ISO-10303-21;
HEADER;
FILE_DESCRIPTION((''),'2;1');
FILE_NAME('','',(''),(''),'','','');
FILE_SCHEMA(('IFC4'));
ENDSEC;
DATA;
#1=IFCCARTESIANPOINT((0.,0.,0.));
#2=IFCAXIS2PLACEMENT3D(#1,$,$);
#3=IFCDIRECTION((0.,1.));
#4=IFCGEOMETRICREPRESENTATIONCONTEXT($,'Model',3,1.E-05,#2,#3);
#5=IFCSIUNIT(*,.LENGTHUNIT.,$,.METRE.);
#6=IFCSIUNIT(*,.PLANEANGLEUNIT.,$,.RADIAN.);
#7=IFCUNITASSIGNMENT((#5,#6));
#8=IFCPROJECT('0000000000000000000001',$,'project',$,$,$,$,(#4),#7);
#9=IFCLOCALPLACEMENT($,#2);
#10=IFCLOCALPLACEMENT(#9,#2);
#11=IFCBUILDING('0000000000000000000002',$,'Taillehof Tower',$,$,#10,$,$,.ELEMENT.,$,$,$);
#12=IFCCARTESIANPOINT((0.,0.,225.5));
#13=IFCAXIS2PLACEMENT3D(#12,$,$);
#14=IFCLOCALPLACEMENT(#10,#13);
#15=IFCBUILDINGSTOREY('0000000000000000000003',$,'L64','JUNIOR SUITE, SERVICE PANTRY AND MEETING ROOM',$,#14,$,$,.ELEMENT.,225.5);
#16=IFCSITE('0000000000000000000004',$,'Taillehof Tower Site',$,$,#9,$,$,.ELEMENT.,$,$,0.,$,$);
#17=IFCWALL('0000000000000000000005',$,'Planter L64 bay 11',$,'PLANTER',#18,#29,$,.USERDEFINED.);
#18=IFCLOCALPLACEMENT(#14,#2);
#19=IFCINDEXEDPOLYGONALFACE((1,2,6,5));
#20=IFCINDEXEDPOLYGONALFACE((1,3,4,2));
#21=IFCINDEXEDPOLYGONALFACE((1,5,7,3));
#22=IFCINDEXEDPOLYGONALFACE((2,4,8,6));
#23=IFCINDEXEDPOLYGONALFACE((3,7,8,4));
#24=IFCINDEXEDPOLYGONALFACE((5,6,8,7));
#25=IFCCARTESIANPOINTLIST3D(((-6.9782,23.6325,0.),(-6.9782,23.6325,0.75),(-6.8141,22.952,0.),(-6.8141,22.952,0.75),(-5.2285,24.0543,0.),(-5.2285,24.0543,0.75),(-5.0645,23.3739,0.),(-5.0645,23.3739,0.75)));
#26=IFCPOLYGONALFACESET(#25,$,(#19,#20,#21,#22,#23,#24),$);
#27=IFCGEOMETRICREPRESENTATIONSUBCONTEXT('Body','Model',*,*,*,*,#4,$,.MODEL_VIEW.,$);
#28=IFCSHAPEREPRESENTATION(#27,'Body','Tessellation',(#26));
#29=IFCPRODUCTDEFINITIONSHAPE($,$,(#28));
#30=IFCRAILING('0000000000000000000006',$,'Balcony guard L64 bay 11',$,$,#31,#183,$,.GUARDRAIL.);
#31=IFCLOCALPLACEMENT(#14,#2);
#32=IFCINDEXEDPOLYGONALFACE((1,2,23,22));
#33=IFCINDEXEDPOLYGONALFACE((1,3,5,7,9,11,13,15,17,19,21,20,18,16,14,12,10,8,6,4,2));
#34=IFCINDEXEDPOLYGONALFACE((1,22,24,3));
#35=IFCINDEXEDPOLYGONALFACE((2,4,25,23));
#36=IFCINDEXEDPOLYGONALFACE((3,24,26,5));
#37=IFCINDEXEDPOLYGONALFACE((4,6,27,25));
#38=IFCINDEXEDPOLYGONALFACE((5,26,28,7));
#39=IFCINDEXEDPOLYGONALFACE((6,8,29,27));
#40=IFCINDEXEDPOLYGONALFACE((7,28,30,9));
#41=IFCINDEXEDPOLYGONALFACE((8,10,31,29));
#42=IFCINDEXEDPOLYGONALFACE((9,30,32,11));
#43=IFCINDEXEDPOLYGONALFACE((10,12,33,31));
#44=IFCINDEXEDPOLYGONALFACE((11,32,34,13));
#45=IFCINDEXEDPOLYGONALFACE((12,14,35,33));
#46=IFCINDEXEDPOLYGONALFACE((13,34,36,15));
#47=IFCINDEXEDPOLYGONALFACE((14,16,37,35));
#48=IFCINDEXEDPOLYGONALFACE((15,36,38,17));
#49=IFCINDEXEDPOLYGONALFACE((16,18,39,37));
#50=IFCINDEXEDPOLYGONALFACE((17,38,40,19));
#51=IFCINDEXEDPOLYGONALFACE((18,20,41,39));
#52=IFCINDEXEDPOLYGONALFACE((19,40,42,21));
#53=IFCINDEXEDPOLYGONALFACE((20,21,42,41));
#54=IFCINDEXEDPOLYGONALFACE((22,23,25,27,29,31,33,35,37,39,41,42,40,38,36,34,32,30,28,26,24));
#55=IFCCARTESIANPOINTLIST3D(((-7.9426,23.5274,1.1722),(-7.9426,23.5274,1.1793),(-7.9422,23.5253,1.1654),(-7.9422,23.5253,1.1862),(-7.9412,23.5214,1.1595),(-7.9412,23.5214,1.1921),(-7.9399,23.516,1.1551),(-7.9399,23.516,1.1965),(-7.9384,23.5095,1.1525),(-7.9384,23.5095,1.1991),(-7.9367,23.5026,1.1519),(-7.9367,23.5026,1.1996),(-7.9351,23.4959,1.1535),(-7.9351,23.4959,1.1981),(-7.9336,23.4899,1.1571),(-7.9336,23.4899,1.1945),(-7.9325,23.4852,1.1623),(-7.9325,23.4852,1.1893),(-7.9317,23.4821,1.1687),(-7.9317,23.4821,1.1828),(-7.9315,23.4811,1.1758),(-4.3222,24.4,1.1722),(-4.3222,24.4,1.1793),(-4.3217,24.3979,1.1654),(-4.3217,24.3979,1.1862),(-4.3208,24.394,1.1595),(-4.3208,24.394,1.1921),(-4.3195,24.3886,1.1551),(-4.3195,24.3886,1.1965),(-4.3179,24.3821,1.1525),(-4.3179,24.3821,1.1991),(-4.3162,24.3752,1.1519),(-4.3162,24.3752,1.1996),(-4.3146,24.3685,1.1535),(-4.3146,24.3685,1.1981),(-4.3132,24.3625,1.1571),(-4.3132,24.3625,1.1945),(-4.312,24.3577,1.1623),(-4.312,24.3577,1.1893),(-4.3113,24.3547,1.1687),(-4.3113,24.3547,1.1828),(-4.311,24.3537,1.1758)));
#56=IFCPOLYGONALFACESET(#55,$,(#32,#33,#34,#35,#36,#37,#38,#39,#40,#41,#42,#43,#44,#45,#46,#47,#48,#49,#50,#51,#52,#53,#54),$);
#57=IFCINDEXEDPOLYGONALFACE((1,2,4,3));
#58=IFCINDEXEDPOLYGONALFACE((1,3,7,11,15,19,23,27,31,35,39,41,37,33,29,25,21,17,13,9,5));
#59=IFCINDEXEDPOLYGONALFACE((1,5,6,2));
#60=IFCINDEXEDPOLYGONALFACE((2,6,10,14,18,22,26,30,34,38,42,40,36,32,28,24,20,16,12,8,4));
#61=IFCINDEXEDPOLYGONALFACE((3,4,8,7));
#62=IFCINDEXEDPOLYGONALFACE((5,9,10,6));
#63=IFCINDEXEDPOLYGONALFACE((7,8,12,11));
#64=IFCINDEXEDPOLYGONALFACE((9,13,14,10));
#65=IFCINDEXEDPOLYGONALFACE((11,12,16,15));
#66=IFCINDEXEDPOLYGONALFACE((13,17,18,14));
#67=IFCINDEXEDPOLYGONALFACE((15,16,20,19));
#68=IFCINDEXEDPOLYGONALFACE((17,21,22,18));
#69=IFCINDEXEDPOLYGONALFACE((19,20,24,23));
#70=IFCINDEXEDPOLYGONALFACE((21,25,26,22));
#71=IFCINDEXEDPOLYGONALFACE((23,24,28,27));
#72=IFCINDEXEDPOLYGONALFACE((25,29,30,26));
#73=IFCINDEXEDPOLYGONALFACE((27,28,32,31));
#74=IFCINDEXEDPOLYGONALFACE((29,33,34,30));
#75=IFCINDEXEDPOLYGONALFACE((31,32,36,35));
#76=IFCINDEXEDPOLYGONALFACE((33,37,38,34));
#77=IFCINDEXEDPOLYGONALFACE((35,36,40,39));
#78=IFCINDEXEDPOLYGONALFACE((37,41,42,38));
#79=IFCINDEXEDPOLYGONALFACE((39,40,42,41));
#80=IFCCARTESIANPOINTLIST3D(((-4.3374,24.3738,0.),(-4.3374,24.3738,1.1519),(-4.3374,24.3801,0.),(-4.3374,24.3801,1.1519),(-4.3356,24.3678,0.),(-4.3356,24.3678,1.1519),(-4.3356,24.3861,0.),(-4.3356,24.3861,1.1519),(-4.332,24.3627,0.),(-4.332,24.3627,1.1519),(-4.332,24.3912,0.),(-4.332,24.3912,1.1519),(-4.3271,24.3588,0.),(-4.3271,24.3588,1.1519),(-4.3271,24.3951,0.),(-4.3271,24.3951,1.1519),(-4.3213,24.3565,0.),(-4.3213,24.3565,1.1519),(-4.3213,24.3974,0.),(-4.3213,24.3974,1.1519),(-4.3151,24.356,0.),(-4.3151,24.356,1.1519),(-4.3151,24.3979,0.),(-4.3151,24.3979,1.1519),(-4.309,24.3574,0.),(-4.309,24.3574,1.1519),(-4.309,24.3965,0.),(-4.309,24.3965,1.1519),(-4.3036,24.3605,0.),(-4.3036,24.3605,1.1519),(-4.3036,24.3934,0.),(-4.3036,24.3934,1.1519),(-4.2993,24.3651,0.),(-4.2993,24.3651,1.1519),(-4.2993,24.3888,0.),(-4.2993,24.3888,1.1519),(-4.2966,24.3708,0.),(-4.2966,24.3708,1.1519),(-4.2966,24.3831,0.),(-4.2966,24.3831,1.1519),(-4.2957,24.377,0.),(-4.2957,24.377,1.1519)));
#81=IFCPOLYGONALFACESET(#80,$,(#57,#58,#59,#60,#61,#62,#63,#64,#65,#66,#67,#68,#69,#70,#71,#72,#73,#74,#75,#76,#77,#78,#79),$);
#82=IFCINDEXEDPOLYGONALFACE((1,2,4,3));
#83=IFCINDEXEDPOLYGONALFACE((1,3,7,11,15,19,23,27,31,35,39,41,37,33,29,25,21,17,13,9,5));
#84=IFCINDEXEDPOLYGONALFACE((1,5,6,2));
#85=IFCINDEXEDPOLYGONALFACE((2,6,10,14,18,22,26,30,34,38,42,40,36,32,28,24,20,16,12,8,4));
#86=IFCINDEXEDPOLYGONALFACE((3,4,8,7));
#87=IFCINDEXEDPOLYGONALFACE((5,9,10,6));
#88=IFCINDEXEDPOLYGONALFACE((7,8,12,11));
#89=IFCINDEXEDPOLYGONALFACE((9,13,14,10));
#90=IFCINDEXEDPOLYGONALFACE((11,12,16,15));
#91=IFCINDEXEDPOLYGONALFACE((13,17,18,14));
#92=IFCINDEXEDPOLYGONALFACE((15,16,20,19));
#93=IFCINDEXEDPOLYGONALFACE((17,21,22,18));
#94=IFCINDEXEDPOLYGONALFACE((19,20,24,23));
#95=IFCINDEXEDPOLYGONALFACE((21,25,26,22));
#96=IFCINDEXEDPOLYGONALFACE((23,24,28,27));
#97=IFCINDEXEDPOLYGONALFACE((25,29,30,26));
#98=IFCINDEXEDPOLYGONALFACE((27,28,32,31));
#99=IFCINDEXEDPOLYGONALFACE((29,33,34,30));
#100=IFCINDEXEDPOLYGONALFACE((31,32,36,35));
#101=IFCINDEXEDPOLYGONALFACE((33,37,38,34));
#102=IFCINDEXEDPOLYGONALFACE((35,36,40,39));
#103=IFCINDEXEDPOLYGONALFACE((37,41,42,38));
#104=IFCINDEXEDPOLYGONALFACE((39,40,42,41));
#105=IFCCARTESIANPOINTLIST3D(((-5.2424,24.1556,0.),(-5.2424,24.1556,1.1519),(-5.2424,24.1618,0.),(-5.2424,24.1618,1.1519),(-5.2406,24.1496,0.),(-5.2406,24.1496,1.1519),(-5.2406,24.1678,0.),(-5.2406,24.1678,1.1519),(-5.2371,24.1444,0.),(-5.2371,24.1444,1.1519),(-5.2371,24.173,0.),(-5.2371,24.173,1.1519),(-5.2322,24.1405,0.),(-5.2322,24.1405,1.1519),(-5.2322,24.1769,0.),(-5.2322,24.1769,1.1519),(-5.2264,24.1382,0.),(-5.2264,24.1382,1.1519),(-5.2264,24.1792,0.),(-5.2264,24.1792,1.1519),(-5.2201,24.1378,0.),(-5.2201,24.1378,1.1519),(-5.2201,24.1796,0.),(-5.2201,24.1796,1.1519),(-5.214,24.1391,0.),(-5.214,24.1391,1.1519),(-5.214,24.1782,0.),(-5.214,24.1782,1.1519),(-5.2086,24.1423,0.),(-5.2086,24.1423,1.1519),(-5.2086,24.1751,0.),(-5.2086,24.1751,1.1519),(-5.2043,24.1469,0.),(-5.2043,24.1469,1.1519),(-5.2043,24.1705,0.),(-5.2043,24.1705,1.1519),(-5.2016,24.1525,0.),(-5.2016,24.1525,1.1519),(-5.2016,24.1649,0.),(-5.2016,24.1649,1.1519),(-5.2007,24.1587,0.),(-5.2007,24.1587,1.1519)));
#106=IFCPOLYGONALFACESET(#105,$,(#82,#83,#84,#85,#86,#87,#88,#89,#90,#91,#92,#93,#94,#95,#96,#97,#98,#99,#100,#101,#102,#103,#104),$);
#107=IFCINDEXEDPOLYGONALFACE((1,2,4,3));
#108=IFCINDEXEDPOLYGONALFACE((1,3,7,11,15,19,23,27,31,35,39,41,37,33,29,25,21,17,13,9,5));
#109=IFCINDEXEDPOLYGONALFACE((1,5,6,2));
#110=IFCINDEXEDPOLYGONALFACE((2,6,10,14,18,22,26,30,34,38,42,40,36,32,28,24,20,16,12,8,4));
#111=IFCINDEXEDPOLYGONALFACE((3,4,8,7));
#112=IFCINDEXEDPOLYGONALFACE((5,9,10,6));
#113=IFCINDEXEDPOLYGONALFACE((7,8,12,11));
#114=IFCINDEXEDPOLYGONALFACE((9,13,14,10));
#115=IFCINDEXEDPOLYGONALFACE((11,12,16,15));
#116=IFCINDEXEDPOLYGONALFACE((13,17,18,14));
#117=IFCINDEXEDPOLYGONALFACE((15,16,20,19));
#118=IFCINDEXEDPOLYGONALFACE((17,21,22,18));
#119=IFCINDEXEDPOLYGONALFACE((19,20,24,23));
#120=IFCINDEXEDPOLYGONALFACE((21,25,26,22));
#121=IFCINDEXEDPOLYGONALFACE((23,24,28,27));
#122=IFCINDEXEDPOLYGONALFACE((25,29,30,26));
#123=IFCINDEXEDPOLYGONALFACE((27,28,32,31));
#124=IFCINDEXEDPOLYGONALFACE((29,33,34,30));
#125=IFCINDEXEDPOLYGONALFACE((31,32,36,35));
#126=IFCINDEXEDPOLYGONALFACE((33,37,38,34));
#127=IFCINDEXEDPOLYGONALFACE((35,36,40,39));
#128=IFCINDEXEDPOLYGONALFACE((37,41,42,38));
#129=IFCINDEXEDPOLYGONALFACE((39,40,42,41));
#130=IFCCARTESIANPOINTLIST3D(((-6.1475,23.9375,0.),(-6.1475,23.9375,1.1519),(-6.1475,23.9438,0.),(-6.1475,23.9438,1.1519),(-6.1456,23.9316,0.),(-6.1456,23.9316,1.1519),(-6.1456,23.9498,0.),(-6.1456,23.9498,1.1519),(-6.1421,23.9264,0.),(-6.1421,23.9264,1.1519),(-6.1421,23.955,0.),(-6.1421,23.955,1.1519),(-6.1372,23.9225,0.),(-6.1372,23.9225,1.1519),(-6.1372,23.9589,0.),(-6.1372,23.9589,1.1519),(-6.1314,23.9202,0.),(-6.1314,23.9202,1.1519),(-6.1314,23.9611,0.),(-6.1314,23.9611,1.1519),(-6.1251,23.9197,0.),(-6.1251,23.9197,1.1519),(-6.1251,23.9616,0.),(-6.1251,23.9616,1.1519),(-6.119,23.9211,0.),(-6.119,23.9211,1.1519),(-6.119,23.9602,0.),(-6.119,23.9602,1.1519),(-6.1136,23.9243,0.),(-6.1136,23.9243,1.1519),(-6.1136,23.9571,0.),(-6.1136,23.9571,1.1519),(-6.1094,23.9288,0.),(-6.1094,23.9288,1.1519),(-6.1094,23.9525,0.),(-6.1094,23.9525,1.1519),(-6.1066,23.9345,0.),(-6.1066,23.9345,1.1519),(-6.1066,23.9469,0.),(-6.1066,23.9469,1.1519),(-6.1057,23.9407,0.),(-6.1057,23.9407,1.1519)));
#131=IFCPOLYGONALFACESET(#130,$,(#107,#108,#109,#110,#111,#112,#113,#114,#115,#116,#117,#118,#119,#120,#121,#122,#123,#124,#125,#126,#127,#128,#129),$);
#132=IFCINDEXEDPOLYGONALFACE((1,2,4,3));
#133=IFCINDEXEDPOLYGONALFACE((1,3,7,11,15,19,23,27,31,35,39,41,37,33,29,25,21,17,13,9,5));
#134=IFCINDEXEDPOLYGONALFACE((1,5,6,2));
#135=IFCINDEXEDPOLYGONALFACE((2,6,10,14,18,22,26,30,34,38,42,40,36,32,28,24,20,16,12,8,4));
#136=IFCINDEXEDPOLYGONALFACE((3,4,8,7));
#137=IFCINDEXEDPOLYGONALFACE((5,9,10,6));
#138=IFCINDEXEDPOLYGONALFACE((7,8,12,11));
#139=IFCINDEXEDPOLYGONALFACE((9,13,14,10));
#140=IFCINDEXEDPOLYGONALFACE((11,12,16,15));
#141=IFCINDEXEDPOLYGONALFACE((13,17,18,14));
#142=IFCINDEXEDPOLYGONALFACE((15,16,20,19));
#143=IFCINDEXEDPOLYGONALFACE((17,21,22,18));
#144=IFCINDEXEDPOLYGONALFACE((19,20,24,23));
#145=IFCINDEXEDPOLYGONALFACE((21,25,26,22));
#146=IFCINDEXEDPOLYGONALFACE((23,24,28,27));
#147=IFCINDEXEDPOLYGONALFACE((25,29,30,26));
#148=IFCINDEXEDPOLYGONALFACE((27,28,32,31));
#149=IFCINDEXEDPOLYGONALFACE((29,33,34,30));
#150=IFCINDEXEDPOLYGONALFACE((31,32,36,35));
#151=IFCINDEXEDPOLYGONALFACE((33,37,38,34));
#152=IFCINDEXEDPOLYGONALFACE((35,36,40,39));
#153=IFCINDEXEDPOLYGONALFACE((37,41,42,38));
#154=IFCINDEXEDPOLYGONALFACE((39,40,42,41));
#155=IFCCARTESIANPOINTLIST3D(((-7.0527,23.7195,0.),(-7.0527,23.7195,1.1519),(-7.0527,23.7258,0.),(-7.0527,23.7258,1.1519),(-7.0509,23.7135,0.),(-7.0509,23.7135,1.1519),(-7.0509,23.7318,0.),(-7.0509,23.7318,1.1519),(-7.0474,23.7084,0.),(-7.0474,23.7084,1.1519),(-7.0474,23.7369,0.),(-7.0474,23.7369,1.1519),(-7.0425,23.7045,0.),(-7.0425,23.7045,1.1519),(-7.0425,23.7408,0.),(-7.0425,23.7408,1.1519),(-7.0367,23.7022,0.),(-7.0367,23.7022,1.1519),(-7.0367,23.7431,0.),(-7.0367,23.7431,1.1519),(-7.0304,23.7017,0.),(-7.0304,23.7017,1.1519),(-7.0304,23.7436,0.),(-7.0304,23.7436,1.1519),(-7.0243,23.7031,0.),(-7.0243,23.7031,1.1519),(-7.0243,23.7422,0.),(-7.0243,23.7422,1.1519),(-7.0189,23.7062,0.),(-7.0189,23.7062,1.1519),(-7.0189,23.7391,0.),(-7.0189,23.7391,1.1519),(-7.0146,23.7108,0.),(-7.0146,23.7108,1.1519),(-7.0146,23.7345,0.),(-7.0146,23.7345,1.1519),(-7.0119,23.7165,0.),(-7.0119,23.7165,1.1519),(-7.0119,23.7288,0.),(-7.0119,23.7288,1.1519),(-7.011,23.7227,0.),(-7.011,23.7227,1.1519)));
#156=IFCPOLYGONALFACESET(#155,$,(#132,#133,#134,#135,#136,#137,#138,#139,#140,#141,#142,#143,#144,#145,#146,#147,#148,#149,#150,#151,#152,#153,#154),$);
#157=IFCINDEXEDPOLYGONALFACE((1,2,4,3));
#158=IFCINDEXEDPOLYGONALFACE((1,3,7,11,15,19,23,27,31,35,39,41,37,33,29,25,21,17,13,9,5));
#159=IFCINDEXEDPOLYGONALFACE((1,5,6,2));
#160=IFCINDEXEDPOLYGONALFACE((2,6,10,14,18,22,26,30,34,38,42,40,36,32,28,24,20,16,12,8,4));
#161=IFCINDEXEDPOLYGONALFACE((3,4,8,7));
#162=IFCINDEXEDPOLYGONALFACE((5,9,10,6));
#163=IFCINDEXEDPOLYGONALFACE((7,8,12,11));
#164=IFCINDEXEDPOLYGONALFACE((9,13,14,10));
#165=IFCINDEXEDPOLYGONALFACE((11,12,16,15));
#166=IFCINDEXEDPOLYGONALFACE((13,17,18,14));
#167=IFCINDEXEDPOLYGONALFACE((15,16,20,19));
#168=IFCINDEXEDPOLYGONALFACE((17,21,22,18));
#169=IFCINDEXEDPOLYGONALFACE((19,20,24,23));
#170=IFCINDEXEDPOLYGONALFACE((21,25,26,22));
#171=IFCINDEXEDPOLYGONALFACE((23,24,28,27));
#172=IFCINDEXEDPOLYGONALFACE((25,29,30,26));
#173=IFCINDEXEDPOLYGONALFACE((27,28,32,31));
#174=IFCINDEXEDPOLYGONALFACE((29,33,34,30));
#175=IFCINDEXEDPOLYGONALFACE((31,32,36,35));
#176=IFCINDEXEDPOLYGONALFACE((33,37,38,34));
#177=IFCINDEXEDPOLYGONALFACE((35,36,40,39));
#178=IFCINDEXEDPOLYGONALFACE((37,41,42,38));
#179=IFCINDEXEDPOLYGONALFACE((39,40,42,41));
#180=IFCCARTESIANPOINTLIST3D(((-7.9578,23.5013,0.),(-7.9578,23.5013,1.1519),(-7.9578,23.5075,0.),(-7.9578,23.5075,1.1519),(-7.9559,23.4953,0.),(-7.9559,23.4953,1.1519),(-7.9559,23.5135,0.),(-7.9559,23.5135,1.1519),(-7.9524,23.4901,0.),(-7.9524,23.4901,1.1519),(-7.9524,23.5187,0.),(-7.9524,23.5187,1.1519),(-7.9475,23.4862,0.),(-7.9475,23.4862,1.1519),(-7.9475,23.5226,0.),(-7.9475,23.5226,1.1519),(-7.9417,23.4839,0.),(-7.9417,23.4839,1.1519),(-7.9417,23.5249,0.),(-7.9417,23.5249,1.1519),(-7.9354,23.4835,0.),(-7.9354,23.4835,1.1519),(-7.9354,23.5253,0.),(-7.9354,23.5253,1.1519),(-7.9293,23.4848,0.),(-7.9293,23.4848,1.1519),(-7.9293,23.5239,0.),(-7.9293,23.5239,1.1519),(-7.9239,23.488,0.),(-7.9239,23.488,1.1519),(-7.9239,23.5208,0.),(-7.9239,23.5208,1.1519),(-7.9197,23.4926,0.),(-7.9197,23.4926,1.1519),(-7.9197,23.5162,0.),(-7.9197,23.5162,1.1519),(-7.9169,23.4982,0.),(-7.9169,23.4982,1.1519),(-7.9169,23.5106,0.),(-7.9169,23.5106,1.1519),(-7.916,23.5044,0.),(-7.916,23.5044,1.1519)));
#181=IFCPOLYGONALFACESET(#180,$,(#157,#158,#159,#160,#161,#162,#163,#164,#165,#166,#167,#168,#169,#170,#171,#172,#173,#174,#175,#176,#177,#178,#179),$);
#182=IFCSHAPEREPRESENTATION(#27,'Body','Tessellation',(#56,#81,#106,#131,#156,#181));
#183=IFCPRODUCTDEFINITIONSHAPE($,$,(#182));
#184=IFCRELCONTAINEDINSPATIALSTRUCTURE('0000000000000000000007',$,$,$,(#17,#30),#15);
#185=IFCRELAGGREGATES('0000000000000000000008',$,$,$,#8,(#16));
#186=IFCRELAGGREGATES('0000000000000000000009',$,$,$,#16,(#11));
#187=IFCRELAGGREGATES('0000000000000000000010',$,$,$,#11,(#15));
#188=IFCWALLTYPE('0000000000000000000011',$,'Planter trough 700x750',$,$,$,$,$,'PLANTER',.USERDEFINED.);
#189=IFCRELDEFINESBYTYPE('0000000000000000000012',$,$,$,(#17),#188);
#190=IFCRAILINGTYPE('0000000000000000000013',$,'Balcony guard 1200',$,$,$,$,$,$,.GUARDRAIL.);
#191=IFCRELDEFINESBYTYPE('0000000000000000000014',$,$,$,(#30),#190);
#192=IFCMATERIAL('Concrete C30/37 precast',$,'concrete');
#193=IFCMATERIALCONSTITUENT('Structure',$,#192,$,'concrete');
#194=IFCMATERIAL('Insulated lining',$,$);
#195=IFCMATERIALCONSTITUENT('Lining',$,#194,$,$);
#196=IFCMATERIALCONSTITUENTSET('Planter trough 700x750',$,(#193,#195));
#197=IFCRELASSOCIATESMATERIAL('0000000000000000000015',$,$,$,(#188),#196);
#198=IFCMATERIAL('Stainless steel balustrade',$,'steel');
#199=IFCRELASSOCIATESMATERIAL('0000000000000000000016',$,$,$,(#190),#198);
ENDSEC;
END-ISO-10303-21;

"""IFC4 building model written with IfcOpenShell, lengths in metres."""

from ifc_helpers import new_model, si_unit, direction, frame, frame_2d, origin, origin_2d, place, context, subcontext, project, spatial, rectangle, circle, extrude, material, constituent, constituent_set, type_object, element, save


model = new_model("IFC4")

# Units and contexts
model_context = context("Model", 3, precision=1e-05, world=origin(), true_north=direction((0.0, 1.0)))
body_context = subcontext(model_context, "Body", "Model", "MODEL_VIEW")
ifc_project = project(units=[si_unit("LENGTHUNIT", "METRE"), si_unit("PLANEANGLEUNIT", "RADIAN")], contexts=[model_context])

# Site, building, storey
site_placement = place(None, origin())
site = spatial("IfcSite", under=ifc_project, at=site_placement, Name="Taillehof Tower Site", CompositionType="ELEMENT", RefElevation=0.0)
building_placement = place(site_placement, origin())
building = spatial("IfcBuilding", under=site, at=building_placement, Name="Taillehof Tower", CompositionType="ELEMENT")
storey_placement = place(building_placement, frame((0.0, 0.0, 225.5)))
storey = spatial("IfcBuildingStorey", under=building, at=storey_placement, Name="L64", Description="JUNIOR SUITE, SERVICE PANTRY AND MEETING ROOM", CompositionType="ELEMENT", Elevation=225.5)

# Wall
ifc_material_1 = material(Name="Concrete C30/37 precast", Category="concrete")
ifc_constituent_1 = constituent(ifc_material_1, Name="Structure", Category="concrete")
ifc_material_2 = material(Name="Insulated lining")
ifc_constituent_2 = constituent(ifc_material_2, Name="Lining")
ifc_constituent_set = constituent_set(constituents=[ifc_constituent_1, ifc_constituent_2], Name="Planter trough 700x750")
wall_type_1 = type_object("IfcWallType", Name="Planter trough 700x750", ElementType="PLANTER", PredefinedType="USERDEFINED", material=ifc_constituent_set)
wall_1_placement = place(storey_placement, frame((-5.1465, 23.7141, 0.0), z_axis=(0.0, 0.0, 1.0), x_axis=(-0.972143, -0.234389, 0.0)))
element("IfcWall", 1, at=wall_1_placement, inside=storey, type_object=wall_type_1, Name="Planter L64 bay 11", ObjectType="PLANTER", PredefinedType="USERDEFINED", context=body_context, shape_type="SweptSolid", body=[
    extrude(rectangle(XDim=1.7998, YDim=0.7, at=frame_2d((0.8999, 0.0))), origin(), (0.0, 0.0, 1.0), 0.75),
])

# Railing
ifc_material_3 = material(Name="Stainless steel balustrade", Category="steel")
railing_type = type_object("IfcRailingType", Name="Balcony guard 1200", PredefinedType="GUARDRAIL", material=ifc_material_3)
railing_placement = place(storey_placement, frame((-4.3167, 24.377, 0.0)))
element("IfcRailing", 2, at=railing_placement, inside=storey, type_object=railing_type, Name="Balcony guard L64 bay 11", PredefinedType="GUARDRAIL", context=body_context, shape_type="SweptSolid", body=[
    extrude(circle(Radius=0.0239, at=origin_2d()), frame((0.0, 0.0, 1.1758), z_axis=(-0.972163, -0.234305, 0.0), x_axis=(0.234305, -0.972163, 0.0)), (0.0, 0.0, 1.0), 3.7241),
    extrude(circle(Radius=0.021, at=origin_2d()), origin(), (0.0, 0.0, 1.0), 1.1519),
    extrude(circle(Radius=0.021, at=origin_2d()), frame((-0.905, -0.2183, 0.0)), (0.0, 0.0, 1.0), 1.1519),
    extrude(circle(Radius=0.021, at=origin_2d()), frame((-1.8101, -0.4363, 0.0)), (0.0, 0.0, 1.0), 1.1519),
    extrude(circle(Radius=0.021, at=origin_2d()), frame((-2.7153, -0.6543, 0.0)), (0.0, 0.0, 1.0), 1.1519),
    extrude(circle(Radius=0.021, at=origin_2d()), frame((-3.6204, -0.8726, 0.0)), (0.0, 0.0, 1.0), 1.1519),
])

save(model, "model.ifc")
